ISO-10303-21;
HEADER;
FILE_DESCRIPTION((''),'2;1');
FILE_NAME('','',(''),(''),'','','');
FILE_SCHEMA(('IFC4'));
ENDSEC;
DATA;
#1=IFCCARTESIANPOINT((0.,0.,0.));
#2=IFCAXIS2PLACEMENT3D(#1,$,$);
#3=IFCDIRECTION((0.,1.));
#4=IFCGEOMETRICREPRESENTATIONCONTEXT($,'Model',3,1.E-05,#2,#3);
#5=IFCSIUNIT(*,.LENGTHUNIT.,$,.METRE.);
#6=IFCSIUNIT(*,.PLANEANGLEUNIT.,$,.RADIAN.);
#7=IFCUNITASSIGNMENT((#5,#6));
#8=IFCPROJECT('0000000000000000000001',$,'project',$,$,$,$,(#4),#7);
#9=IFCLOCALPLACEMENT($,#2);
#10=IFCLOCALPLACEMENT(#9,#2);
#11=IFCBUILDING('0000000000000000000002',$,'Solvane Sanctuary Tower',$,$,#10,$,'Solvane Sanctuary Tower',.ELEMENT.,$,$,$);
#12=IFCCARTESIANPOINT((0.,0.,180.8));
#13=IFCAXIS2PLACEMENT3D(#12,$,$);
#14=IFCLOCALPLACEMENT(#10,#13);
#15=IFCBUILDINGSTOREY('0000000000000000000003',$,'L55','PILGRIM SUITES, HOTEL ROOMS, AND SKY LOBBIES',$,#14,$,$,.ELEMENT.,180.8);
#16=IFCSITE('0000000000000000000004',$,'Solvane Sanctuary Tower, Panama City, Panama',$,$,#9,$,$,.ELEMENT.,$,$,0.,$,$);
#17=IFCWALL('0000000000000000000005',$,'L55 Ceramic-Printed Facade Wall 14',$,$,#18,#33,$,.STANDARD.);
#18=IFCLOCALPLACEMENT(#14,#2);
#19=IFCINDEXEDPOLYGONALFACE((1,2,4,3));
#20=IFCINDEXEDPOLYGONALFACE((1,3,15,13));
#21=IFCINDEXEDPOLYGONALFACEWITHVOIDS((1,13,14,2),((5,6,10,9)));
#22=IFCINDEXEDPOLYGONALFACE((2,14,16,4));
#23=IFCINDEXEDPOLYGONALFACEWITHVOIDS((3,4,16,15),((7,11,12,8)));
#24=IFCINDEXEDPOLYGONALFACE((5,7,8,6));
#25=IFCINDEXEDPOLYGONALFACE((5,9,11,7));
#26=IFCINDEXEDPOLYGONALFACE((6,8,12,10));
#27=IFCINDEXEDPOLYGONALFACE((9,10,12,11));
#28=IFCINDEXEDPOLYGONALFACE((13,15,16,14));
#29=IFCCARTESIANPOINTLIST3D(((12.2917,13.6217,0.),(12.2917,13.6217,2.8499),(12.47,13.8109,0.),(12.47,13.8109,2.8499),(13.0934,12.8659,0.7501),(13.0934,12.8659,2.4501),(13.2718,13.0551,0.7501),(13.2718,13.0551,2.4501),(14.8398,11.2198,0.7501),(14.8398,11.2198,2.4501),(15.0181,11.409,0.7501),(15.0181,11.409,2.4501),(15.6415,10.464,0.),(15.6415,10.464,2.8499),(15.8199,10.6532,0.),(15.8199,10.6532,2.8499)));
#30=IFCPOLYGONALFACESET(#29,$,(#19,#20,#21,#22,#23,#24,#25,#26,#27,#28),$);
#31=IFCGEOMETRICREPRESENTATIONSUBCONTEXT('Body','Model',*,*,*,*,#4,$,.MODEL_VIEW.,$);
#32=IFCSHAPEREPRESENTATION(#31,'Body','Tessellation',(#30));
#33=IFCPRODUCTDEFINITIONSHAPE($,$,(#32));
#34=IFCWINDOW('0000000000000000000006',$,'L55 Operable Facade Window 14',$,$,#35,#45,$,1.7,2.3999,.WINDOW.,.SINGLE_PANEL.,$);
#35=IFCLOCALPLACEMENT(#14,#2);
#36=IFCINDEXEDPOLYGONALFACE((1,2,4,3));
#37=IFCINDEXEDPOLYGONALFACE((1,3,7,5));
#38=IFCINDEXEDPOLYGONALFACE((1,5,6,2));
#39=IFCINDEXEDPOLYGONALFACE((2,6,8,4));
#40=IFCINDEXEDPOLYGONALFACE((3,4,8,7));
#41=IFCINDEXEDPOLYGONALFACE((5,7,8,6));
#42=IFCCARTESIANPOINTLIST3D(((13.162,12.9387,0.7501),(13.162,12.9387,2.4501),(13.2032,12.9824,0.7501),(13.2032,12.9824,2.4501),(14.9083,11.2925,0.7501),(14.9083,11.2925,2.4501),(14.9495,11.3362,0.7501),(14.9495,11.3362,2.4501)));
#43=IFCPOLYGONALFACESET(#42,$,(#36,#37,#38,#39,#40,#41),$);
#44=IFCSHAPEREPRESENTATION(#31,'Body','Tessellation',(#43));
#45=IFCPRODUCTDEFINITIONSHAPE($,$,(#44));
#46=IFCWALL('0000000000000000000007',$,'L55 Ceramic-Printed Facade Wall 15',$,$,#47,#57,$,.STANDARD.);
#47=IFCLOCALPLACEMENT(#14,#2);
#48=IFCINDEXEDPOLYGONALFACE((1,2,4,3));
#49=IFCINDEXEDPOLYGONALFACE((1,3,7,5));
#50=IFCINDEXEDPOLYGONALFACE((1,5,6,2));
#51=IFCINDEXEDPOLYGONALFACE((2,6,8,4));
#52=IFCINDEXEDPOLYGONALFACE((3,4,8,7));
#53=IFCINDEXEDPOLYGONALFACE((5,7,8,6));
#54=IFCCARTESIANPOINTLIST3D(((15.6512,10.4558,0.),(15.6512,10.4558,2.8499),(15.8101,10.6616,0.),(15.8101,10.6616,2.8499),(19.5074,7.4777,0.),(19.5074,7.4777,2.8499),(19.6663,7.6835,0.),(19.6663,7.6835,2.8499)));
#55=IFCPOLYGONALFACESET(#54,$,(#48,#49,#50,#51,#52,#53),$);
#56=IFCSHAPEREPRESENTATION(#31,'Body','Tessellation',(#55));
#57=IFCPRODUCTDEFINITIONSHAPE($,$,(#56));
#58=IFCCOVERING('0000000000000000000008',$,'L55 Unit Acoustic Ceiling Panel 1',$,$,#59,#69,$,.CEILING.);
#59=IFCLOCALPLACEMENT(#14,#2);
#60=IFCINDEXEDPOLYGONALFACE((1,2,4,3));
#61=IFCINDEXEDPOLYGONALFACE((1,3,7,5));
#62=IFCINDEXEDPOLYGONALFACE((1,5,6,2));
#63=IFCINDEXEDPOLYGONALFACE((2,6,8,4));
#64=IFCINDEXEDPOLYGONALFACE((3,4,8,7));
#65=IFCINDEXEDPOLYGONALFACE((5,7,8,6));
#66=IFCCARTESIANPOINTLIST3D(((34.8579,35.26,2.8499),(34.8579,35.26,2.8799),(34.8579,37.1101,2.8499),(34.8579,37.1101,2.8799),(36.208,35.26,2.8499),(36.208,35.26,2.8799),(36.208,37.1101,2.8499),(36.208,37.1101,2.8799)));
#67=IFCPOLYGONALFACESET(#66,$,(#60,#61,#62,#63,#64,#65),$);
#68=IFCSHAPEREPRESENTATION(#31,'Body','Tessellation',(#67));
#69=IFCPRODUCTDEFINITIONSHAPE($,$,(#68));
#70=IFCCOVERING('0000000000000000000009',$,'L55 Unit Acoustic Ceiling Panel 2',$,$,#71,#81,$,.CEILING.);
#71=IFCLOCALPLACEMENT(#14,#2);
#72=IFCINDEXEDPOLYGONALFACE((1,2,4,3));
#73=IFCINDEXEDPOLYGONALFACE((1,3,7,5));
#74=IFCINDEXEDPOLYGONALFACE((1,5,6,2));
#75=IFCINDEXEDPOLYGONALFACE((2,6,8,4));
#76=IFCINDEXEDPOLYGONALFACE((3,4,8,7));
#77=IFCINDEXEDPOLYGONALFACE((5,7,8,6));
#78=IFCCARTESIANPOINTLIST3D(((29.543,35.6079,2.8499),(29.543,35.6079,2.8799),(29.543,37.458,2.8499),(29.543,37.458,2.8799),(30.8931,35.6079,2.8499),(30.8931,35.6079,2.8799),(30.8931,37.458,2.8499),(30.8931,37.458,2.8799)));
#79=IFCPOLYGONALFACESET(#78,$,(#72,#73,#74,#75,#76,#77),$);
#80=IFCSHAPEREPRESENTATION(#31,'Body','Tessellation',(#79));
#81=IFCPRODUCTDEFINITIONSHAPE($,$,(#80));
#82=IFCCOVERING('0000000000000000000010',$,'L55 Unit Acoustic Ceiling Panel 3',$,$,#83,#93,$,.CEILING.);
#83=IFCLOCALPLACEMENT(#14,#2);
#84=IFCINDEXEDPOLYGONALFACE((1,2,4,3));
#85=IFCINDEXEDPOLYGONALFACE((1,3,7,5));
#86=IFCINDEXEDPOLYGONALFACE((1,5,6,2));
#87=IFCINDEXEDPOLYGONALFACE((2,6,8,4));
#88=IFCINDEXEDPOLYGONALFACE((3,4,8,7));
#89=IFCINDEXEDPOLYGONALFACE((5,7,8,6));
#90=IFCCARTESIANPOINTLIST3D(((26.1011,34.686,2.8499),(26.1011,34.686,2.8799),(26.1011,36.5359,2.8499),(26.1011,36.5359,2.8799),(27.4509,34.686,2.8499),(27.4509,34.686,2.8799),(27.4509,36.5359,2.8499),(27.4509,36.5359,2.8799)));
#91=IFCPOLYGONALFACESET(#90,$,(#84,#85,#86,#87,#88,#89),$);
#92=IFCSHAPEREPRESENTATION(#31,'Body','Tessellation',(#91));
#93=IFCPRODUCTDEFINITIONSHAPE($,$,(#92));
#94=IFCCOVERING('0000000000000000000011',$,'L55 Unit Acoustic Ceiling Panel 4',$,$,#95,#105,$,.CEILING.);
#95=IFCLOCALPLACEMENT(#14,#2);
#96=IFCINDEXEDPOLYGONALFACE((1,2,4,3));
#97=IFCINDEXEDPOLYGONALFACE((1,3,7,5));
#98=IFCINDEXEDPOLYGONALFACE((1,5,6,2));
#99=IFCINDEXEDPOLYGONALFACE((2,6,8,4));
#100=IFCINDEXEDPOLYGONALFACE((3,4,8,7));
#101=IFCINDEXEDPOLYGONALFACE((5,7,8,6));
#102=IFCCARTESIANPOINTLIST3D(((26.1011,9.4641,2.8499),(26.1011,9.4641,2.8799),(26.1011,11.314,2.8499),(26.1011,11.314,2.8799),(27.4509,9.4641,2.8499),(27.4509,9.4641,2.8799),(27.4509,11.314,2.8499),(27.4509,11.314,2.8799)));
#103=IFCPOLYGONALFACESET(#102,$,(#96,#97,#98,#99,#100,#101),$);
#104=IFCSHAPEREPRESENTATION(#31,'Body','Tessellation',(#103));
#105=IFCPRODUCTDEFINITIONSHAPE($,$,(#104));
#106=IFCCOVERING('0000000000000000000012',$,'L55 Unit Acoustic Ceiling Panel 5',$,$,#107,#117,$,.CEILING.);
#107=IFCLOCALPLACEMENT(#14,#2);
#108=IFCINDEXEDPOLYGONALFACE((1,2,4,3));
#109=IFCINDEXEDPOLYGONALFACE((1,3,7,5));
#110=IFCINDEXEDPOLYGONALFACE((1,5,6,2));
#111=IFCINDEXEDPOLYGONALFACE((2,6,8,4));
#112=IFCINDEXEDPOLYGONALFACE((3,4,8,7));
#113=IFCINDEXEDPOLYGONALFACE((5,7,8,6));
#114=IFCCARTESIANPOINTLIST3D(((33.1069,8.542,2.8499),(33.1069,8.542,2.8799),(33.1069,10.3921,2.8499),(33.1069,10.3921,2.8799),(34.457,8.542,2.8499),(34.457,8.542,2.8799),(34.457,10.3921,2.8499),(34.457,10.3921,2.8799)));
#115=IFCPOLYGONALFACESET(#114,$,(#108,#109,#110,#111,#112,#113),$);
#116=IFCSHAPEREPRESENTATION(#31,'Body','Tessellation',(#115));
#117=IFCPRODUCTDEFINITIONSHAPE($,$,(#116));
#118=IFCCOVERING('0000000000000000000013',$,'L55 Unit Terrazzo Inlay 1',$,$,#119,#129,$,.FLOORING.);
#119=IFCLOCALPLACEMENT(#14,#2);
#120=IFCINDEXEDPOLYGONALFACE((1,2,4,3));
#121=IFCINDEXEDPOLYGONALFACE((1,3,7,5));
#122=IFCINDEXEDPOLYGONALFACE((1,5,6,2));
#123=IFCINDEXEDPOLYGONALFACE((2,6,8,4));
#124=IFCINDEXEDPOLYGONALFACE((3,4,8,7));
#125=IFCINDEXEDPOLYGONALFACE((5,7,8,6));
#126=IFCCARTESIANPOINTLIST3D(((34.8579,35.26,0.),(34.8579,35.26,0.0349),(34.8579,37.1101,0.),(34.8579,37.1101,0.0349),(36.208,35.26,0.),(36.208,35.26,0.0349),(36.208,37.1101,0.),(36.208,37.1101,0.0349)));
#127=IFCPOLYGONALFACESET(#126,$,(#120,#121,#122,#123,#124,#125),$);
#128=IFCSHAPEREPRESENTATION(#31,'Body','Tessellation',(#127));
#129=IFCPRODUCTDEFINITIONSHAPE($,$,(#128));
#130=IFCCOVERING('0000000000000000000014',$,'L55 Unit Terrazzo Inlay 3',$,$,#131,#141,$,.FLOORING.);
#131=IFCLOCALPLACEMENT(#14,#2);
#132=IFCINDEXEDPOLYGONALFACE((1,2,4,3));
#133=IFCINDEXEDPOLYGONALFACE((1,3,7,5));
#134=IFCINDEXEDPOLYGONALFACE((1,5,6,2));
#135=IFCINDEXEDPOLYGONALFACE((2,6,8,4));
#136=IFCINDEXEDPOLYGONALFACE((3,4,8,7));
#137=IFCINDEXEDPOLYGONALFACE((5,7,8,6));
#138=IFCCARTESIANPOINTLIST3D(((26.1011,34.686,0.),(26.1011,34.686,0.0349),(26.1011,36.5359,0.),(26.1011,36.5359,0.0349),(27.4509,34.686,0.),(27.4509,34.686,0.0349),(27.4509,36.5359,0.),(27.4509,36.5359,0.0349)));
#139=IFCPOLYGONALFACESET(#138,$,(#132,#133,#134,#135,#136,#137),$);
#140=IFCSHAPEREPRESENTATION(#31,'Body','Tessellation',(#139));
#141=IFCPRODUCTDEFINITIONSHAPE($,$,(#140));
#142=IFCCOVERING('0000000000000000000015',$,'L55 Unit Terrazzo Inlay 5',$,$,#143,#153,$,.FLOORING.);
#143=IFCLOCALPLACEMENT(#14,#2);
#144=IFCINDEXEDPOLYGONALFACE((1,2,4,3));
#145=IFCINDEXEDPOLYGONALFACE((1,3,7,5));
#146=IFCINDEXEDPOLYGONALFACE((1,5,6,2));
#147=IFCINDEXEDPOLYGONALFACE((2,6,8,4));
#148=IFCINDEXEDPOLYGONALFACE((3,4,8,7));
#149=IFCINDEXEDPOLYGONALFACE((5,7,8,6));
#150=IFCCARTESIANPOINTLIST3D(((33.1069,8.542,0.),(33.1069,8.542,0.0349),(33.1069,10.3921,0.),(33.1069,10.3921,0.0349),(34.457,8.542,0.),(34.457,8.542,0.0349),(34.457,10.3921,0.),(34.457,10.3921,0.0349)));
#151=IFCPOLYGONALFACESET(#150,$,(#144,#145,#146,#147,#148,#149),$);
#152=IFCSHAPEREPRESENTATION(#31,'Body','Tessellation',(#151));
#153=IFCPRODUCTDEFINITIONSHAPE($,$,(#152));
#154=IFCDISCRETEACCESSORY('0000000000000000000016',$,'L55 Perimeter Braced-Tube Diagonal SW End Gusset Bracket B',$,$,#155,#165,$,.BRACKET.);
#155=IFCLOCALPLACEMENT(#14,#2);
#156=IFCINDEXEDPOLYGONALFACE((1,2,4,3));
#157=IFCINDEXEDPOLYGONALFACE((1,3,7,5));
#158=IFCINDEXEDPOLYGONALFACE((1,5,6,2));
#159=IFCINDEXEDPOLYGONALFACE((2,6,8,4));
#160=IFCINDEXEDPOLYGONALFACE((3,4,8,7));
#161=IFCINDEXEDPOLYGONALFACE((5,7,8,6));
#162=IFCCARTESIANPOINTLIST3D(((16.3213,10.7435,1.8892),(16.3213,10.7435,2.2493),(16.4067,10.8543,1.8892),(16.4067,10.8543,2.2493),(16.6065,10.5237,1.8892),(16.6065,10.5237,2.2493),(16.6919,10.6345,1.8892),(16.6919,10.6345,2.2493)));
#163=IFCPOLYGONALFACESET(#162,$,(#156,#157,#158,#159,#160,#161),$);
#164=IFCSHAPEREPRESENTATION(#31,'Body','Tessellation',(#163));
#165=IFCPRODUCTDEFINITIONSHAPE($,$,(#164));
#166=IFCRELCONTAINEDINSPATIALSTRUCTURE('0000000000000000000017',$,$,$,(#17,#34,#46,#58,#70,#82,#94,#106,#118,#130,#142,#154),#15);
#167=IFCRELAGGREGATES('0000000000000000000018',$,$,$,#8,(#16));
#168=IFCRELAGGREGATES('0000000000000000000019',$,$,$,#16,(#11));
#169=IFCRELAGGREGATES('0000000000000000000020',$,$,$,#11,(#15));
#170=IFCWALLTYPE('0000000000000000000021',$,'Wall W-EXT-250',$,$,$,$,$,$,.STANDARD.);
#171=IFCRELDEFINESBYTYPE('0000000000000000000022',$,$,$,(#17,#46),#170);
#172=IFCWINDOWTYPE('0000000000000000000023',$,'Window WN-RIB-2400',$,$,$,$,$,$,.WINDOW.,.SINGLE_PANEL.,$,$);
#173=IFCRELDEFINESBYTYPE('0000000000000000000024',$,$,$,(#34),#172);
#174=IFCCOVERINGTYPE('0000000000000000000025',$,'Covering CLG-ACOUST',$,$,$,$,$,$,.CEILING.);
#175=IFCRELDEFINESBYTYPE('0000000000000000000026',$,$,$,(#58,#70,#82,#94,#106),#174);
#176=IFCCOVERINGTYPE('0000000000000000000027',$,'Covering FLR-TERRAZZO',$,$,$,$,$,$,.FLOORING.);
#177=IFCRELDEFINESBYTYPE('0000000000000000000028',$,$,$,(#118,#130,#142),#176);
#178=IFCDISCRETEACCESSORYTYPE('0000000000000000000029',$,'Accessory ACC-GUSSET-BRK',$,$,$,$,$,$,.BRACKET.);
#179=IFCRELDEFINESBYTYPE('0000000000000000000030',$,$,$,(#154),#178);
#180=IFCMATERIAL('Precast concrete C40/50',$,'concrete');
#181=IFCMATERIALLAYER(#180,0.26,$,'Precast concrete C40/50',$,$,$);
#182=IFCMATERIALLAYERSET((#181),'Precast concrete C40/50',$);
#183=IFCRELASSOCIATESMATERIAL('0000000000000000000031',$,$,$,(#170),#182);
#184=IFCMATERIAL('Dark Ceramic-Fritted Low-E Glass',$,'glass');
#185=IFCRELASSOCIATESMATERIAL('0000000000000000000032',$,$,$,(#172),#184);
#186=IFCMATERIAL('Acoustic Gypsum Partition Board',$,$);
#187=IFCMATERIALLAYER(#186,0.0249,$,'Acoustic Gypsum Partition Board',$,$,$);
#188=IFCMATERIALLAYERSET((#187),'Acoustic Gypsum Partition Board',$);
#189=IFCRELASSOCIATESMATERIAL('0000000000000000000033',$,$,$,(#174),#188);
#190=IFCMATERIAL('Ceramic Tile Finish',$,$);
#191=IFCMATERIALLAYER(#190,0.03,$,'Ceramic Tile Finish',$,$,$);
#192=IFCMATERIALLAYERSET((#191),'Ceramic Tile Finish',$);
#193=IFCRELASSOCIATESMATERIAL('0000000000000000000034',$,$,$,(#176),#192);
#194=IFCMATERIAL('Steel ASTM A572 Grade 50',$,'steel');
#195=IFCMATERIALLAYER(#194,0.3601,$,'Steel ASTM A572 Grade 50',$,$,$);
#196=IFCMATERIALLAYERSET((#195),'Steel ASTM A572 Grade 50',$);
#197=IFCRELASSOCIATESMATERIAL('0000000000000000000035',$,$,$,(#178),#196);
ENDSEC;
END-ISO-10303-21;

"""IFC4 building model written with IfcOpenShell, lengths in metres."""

from ifc_helpers import new_model, si_unit, direction, frame, frame_2d, origin, origin_2d, place, context, subcontext, project, spatial, polyline, rectangle, outline, extrude, material, layer, layer_set, type_object, element, fill, save


model = new_model("IFC4")

# Units and contexts
model_context = context("Model", 3, precision=1e-05, world=origin(), true_north=direction((0.0, 1.0)))
body_context = subcontext(model_context, "Body", "Model", "MODEL_VIEW")
ifc_project = project(units=[si_unit("LENGTHUNIT", "METRE"), si_unit("PLANEANGLEUNIT", "RADIAN")], contexts=[model_context])

# Site, building, storey
site_placement = place(None, origin())
site = spatial("IfcSite", under=ifc_project, at=site_placement, Name="Solvane Sanctuary Tower, Panama City, Panama", CompositionType="ELEMENT", RefElevation=0.0)
building_placement = place(site_placement, origin())
building = spatial("IfcBuilding", under=site, at=building_placement, Name="Solvane Sanctuary Tower", LongName="Solvane Sanctuary Tower", CompositionType="ELEMENT")
storey_placement = place(building_placement, frame((0.0, 0.0, 180.8)))
storey = spatial("IfcBuildingStorey", under=building, at=storey_placement, Name="L55", Description="PILGRIM SUITES, HOTEL ROOMS, AND SKY LOBBIES", CompositionType="ELEMENT", Elevation=180.8)

# Shared definitions
ifc_material_1 = material(Name="Acoustic Gypsum Partition Board")

# Wall, opening, window
ifc_material_2 = material(Name="Precast concrete C40/50", Category="concrete")
ifc_layer_1 = layer(ifc_material_2, 0.26, Name="Precast concrete C40/50")
ifc_layer_set_1 = layer_set([ifc_layer_1], Name="Precast concrete C40/50")
wall_type_1 = type_object("IfcWallType", Name="Wall W-EXT-250", PredefinedType="STANDARD", material=ifc_layer_set_1)
wall_1_placement = place(storey_placement, frame((12.3809, 13.7163, 0.0), z_axis=(0.0, 0.0, 1.0), x_axis=(0.727667, -0.68593, 0.0)))
wall_1 = element("IfcWall", 1, at=wall_1_placement, inside=storey, type_object=wall_type_1, Name="L55 Ceramic-Printed Facade Wall 14", PredefinedType="STANDARD", context=body_context, shape_type="SweptSolid", body=[
    extrude(rectangle(XDim=4.6035, YDim=0.26, at=frame_2d((2.3018, 0.0))), origin(), (0.0, 0.0, 1.0), 2.8499),
])
opening_1_placement = place(wall_1_placement, frame((1.1018, 0.0, 0.75)))
opening_1 = element("IfcOpeningElement", 2, at=opening_1_placement, cuts=wall_1, PredefinedType="OPENING", context=body_context, shape_type="SweptSolid", body=[
    extrude(rectangle(XDim=2.3999, YDim=1.7, at=frame_2d((1.2, 0.8501))), frame((0.0, 0.1399, 0.0), z_axis=(0.0, -1.0, 0.0), x_axis=(1.0, 0.0, 0.0)), (0.0, 0.0, 1.0), 0.28),
])
ifc_material_3 = material(Name="Dark Ceramic-Fritted Low-E Glass", Category="glass")
window_type = type_object("IfcWindowType", Name="Window WN-RIB-2400", PartitioningType="SINGLE_PANEL", PredefinedType="WINDOW", material=ifc_material_3)
window_placement = place(opening_1_placement, origin())
window = element("IfcWindow", 3, at=window_placement, inside=storey, type_object=window_type, Name="L55 Operable Facade Window 14", OverallHeight=1.7, OverallWidth=2.3999, PartitioningType="SINGLE_PANEL", PredefinedType="WINDOW", context=body_context, shape_type="SweptSolid", body=[
    extrude(rectangle(XDim=2.3999, YDim=1.7, at=frame_2d((1.2, 0.8501))), frame((0.0, 0.03, 0.0), z_axis=(0.0, -1.0, 0.0), x_axis=(1.0, 0.0, 0.0)), (0.0, 0.0, 1.0), 0.0601),
])
fill(opening_1, window)

# Wall
wall_2_placement = place(storey_placement, frame((15.7307, 10.5586, 0.0), z_axis=(0.0, 0.0, 1.0), x_axis=(0.79146, -0.611221, 0.0)))
element("IfcWall", 4, at=wall_2_placement, inside=storey, type_object=wall_type_1, Name="L55 Ceramic-Printed Facade Wall 15", PredefinedType="STANDARD", context=body_context, shape_type="SweptSolid", body=[
    extrude(rectangle(XDim=4.8723, YDim=0.26, at=frame_2d((2.436, 0.0))), origin(), (0.0, 0.0, 1.0), 2.8499),
])

# Coverings
ifc_layer_2 = layer(ifc_material_1, 0.0249, Name="Acoustic Gypsum Partition Board")
ifc_layer_set_2 = layer_set([ifc_layer_2], Name="Acoustic Gypsum Partition Board")
covering_type_1 = type_object("IfcCoveringType", Name="Covering CLG-ACOUST", PredefinedType="CEILING", material=ifc_layer_set_2)
covering_1_placement = place(storey_placement, frame((0.0, 0.0, 2.8499)))
element("IfcCovering", 5, at=covering_1_placement, inside=storey, type_object=covering_type_1, Name="L55 Unit Acoustic Ceiling Panel 1", PredefinedType="CEILING", context=body_context, shape_type="SweptSolid", body=[
    extrude(outline(polyline([(34.8579, 35.26), (36.208, 35.26), (36.208, 37.1101), (34.8579, 37.1101), (34.8579, 35.26)])), origin(), (0.0, 0.0, 1.0), 0.03),
])
covering_2_placement = place(storey_placement, frame((0.0, 0.0, 2.8499)))
element("IfcCovering", 6, at=covering_2_placement, inside=storey, type_object=covering_type_1, Name="L55 Unit Acoustic Ceiling Panel 2", PredefinedType="CEILING", context=body_context, shape_type="SweptSolid", body=[
    extrude(outline(polyline([(29.543, 35.6079), (30.8931, 35.6079), (30.8931, 37.458), (29.543, 37.458), (29.543, 35.6079)])), origin(), (0.0, 0.0, 1.0), 0.03),
])
covering_3_placement = place(storey_placement, frame((0.0, 0.0, 2.8499)))
element("IfcCovering", 7, at=covering_3_placement, inside=storey, type_object=covering_type_1, Name="L55 Unit Acoustic Ceiling Panel 3", PredefinedType="CEILING", context=body_context, shape_type="SweptSolid", body=[
    extrude(outline(polyline([(26.1011, 34.686), (27.4509, 34.686), (27.4509, 36.5359), (26.1011, 36.5359), (26.1011, 34.686)])), origin(), (0.0, 0.0, 1.0), 0.03),
])
covering_4_placement = place(storey_placement, frame((0.0, 0.0, 2.8499)))
element("IfcCovering", 8, at=covering_4_placement, inside=storey, type_object=covering_type_1, Name="L55 Unit Acoustic Ceiling Panel 4", PredefinedType="CEILING", context=body_context, shape_type="SweptSolid", body=[
    extrude(outline(polyline([(26.1011, 9.4641), (27.4509, 9.4641), (27.4509, 11.314), (26.1011, 11.314), (26.1011, 9.4641)])), origin(), (0.0, 0.0, 1.0), 0.03),
])
covering_5_placement = place(storey_placement, frame((0.0, 0.0, 2.8499)))
element("IfcCovering", 9, at=covering_5_placement, inside=storey, type_object=covering_type_1, Name="L55 Unit Acoustic Ceiling Panel 5", PredefinedType="CEILING", context=body_context, shape_type="SweptSolid", body=[
    extrude(outline(polyline([(33.1069, 8.542), (34.457, 8.542), (34.457, 10.3921), (33.1069, 10.3921), (33.1069, 8.542)])), origin(), (0.0, 0.0, 1.0), 0.03),
])
ifc_material_4 = material(Name="Ceramic Tile Finish")
ifc_layer_3 = layer(ifc_material_4, 0.03, Name="Ceramic Tile Finish")
ifc_layer_set_3 = layer_set([ifc_layer_3], Name="Ceramic Tile Finish")
covering_type_2 = type_object("IfcCoveringType", Name="Covering FLR-TERRAZZO", PredefinedType="FLOORING", material=ifc_layer_set_3)
covering_6_placement = place(storey_placement, origin())
element("IfcCovering", 10, at=covering_6_placement, inside=storey, type_object=covering_type_2, Name="L55 Unit Terrazzo Inlay 1", PredefinedType="FLOORING", context=body_context, shape_type="SweptSolid", body=[
    extrude(outline(polyline([(34.8579, 35.26), (36.208, 35.26), (36.208, 37.1101), (34.8579, 37.1101), (34.8579, 35.26)])), origin(), (0.0, 0.0, 1.0), 0.0349),
])
covering_7_placement = place(storey_placement, origin())
element("IfcCovering", 11, at=covering_7_placement, inside=storey, type_object=covering_type_2, Name="L55 Unit Terrazzo Inlay 3", PredefinedType="FLOORING", context=body_context, shape_type="SweptSolid", body=[
    extrude(outline(polyline([(26.1011, 34.686), (27.4509, 34.686), (27.4509, 36.5359), (26.1011, 36.5359), (26.1011, 34.686)])), origin(), (0.0, 0.0, 1.0), 0.0349),
])
covering_8_placement = place(storey_placement, origin())
element("IfcCovering", 12, at=covering_8_placement, inside=storey, type_object=covering_type_2, Name="L55 Unit Terrazzo Inlay 5", PredefinedType="FLOORING", context=body_context, shape_type="SweptSolid", body=[
    extrude(outline(polyline([(33.1069, 8.542), (34.457, 8.542), (34.457, 10.3921), (33.1069, 10.3921), (33.1069, 8.542)])), origin(), (0.0, 0.0, 1.0), 0.0349),
])

# Discrete accessory
ifc_material_5 = material(Name="Steel ASTM A572 Grade 50", Category="steel")
ifc_layer_4 = layer(ifc_material_5, 0.3601, Name="Steel ASTM A572 Grade 50")
ifc_layer_set_4 = layer_set([ifc_layer_4], Name="Steel ASTM A572 Grade 50")
discrete_accessory_type = type_object("IfcDiscreteAccessoryType", Name="Accessory ACC-GUSSET-BRK", PredefinedType="BRACKET", material=ifc_layer_set_4)
discrete_accessory_placement = place(storey_placement, frame((16.5066, 10.689, 1.8892), z_axis=(0.0, 0.0, 1.0), x_axis=(-0.792077, 0.610422, 0.0)))
element("IfcDiscreteAccessory", 13, at=discrete_accessory_placement, inside=storey, type_object=discrete_accessory_type, Name="L55 Perimeter Braced-Tube Diagonal SW End Gusset Bracket B", PredefinedType="BRACKET", context=body_context, shape_type="SweptSolid", body=[
    extrude(rectangle(XDim=0.3601, YDim=0.1399, at=origin_2d()), origin(), (0.0, 0.0, 1.0), 0.3601),
])

save(model, "model.ifc")
